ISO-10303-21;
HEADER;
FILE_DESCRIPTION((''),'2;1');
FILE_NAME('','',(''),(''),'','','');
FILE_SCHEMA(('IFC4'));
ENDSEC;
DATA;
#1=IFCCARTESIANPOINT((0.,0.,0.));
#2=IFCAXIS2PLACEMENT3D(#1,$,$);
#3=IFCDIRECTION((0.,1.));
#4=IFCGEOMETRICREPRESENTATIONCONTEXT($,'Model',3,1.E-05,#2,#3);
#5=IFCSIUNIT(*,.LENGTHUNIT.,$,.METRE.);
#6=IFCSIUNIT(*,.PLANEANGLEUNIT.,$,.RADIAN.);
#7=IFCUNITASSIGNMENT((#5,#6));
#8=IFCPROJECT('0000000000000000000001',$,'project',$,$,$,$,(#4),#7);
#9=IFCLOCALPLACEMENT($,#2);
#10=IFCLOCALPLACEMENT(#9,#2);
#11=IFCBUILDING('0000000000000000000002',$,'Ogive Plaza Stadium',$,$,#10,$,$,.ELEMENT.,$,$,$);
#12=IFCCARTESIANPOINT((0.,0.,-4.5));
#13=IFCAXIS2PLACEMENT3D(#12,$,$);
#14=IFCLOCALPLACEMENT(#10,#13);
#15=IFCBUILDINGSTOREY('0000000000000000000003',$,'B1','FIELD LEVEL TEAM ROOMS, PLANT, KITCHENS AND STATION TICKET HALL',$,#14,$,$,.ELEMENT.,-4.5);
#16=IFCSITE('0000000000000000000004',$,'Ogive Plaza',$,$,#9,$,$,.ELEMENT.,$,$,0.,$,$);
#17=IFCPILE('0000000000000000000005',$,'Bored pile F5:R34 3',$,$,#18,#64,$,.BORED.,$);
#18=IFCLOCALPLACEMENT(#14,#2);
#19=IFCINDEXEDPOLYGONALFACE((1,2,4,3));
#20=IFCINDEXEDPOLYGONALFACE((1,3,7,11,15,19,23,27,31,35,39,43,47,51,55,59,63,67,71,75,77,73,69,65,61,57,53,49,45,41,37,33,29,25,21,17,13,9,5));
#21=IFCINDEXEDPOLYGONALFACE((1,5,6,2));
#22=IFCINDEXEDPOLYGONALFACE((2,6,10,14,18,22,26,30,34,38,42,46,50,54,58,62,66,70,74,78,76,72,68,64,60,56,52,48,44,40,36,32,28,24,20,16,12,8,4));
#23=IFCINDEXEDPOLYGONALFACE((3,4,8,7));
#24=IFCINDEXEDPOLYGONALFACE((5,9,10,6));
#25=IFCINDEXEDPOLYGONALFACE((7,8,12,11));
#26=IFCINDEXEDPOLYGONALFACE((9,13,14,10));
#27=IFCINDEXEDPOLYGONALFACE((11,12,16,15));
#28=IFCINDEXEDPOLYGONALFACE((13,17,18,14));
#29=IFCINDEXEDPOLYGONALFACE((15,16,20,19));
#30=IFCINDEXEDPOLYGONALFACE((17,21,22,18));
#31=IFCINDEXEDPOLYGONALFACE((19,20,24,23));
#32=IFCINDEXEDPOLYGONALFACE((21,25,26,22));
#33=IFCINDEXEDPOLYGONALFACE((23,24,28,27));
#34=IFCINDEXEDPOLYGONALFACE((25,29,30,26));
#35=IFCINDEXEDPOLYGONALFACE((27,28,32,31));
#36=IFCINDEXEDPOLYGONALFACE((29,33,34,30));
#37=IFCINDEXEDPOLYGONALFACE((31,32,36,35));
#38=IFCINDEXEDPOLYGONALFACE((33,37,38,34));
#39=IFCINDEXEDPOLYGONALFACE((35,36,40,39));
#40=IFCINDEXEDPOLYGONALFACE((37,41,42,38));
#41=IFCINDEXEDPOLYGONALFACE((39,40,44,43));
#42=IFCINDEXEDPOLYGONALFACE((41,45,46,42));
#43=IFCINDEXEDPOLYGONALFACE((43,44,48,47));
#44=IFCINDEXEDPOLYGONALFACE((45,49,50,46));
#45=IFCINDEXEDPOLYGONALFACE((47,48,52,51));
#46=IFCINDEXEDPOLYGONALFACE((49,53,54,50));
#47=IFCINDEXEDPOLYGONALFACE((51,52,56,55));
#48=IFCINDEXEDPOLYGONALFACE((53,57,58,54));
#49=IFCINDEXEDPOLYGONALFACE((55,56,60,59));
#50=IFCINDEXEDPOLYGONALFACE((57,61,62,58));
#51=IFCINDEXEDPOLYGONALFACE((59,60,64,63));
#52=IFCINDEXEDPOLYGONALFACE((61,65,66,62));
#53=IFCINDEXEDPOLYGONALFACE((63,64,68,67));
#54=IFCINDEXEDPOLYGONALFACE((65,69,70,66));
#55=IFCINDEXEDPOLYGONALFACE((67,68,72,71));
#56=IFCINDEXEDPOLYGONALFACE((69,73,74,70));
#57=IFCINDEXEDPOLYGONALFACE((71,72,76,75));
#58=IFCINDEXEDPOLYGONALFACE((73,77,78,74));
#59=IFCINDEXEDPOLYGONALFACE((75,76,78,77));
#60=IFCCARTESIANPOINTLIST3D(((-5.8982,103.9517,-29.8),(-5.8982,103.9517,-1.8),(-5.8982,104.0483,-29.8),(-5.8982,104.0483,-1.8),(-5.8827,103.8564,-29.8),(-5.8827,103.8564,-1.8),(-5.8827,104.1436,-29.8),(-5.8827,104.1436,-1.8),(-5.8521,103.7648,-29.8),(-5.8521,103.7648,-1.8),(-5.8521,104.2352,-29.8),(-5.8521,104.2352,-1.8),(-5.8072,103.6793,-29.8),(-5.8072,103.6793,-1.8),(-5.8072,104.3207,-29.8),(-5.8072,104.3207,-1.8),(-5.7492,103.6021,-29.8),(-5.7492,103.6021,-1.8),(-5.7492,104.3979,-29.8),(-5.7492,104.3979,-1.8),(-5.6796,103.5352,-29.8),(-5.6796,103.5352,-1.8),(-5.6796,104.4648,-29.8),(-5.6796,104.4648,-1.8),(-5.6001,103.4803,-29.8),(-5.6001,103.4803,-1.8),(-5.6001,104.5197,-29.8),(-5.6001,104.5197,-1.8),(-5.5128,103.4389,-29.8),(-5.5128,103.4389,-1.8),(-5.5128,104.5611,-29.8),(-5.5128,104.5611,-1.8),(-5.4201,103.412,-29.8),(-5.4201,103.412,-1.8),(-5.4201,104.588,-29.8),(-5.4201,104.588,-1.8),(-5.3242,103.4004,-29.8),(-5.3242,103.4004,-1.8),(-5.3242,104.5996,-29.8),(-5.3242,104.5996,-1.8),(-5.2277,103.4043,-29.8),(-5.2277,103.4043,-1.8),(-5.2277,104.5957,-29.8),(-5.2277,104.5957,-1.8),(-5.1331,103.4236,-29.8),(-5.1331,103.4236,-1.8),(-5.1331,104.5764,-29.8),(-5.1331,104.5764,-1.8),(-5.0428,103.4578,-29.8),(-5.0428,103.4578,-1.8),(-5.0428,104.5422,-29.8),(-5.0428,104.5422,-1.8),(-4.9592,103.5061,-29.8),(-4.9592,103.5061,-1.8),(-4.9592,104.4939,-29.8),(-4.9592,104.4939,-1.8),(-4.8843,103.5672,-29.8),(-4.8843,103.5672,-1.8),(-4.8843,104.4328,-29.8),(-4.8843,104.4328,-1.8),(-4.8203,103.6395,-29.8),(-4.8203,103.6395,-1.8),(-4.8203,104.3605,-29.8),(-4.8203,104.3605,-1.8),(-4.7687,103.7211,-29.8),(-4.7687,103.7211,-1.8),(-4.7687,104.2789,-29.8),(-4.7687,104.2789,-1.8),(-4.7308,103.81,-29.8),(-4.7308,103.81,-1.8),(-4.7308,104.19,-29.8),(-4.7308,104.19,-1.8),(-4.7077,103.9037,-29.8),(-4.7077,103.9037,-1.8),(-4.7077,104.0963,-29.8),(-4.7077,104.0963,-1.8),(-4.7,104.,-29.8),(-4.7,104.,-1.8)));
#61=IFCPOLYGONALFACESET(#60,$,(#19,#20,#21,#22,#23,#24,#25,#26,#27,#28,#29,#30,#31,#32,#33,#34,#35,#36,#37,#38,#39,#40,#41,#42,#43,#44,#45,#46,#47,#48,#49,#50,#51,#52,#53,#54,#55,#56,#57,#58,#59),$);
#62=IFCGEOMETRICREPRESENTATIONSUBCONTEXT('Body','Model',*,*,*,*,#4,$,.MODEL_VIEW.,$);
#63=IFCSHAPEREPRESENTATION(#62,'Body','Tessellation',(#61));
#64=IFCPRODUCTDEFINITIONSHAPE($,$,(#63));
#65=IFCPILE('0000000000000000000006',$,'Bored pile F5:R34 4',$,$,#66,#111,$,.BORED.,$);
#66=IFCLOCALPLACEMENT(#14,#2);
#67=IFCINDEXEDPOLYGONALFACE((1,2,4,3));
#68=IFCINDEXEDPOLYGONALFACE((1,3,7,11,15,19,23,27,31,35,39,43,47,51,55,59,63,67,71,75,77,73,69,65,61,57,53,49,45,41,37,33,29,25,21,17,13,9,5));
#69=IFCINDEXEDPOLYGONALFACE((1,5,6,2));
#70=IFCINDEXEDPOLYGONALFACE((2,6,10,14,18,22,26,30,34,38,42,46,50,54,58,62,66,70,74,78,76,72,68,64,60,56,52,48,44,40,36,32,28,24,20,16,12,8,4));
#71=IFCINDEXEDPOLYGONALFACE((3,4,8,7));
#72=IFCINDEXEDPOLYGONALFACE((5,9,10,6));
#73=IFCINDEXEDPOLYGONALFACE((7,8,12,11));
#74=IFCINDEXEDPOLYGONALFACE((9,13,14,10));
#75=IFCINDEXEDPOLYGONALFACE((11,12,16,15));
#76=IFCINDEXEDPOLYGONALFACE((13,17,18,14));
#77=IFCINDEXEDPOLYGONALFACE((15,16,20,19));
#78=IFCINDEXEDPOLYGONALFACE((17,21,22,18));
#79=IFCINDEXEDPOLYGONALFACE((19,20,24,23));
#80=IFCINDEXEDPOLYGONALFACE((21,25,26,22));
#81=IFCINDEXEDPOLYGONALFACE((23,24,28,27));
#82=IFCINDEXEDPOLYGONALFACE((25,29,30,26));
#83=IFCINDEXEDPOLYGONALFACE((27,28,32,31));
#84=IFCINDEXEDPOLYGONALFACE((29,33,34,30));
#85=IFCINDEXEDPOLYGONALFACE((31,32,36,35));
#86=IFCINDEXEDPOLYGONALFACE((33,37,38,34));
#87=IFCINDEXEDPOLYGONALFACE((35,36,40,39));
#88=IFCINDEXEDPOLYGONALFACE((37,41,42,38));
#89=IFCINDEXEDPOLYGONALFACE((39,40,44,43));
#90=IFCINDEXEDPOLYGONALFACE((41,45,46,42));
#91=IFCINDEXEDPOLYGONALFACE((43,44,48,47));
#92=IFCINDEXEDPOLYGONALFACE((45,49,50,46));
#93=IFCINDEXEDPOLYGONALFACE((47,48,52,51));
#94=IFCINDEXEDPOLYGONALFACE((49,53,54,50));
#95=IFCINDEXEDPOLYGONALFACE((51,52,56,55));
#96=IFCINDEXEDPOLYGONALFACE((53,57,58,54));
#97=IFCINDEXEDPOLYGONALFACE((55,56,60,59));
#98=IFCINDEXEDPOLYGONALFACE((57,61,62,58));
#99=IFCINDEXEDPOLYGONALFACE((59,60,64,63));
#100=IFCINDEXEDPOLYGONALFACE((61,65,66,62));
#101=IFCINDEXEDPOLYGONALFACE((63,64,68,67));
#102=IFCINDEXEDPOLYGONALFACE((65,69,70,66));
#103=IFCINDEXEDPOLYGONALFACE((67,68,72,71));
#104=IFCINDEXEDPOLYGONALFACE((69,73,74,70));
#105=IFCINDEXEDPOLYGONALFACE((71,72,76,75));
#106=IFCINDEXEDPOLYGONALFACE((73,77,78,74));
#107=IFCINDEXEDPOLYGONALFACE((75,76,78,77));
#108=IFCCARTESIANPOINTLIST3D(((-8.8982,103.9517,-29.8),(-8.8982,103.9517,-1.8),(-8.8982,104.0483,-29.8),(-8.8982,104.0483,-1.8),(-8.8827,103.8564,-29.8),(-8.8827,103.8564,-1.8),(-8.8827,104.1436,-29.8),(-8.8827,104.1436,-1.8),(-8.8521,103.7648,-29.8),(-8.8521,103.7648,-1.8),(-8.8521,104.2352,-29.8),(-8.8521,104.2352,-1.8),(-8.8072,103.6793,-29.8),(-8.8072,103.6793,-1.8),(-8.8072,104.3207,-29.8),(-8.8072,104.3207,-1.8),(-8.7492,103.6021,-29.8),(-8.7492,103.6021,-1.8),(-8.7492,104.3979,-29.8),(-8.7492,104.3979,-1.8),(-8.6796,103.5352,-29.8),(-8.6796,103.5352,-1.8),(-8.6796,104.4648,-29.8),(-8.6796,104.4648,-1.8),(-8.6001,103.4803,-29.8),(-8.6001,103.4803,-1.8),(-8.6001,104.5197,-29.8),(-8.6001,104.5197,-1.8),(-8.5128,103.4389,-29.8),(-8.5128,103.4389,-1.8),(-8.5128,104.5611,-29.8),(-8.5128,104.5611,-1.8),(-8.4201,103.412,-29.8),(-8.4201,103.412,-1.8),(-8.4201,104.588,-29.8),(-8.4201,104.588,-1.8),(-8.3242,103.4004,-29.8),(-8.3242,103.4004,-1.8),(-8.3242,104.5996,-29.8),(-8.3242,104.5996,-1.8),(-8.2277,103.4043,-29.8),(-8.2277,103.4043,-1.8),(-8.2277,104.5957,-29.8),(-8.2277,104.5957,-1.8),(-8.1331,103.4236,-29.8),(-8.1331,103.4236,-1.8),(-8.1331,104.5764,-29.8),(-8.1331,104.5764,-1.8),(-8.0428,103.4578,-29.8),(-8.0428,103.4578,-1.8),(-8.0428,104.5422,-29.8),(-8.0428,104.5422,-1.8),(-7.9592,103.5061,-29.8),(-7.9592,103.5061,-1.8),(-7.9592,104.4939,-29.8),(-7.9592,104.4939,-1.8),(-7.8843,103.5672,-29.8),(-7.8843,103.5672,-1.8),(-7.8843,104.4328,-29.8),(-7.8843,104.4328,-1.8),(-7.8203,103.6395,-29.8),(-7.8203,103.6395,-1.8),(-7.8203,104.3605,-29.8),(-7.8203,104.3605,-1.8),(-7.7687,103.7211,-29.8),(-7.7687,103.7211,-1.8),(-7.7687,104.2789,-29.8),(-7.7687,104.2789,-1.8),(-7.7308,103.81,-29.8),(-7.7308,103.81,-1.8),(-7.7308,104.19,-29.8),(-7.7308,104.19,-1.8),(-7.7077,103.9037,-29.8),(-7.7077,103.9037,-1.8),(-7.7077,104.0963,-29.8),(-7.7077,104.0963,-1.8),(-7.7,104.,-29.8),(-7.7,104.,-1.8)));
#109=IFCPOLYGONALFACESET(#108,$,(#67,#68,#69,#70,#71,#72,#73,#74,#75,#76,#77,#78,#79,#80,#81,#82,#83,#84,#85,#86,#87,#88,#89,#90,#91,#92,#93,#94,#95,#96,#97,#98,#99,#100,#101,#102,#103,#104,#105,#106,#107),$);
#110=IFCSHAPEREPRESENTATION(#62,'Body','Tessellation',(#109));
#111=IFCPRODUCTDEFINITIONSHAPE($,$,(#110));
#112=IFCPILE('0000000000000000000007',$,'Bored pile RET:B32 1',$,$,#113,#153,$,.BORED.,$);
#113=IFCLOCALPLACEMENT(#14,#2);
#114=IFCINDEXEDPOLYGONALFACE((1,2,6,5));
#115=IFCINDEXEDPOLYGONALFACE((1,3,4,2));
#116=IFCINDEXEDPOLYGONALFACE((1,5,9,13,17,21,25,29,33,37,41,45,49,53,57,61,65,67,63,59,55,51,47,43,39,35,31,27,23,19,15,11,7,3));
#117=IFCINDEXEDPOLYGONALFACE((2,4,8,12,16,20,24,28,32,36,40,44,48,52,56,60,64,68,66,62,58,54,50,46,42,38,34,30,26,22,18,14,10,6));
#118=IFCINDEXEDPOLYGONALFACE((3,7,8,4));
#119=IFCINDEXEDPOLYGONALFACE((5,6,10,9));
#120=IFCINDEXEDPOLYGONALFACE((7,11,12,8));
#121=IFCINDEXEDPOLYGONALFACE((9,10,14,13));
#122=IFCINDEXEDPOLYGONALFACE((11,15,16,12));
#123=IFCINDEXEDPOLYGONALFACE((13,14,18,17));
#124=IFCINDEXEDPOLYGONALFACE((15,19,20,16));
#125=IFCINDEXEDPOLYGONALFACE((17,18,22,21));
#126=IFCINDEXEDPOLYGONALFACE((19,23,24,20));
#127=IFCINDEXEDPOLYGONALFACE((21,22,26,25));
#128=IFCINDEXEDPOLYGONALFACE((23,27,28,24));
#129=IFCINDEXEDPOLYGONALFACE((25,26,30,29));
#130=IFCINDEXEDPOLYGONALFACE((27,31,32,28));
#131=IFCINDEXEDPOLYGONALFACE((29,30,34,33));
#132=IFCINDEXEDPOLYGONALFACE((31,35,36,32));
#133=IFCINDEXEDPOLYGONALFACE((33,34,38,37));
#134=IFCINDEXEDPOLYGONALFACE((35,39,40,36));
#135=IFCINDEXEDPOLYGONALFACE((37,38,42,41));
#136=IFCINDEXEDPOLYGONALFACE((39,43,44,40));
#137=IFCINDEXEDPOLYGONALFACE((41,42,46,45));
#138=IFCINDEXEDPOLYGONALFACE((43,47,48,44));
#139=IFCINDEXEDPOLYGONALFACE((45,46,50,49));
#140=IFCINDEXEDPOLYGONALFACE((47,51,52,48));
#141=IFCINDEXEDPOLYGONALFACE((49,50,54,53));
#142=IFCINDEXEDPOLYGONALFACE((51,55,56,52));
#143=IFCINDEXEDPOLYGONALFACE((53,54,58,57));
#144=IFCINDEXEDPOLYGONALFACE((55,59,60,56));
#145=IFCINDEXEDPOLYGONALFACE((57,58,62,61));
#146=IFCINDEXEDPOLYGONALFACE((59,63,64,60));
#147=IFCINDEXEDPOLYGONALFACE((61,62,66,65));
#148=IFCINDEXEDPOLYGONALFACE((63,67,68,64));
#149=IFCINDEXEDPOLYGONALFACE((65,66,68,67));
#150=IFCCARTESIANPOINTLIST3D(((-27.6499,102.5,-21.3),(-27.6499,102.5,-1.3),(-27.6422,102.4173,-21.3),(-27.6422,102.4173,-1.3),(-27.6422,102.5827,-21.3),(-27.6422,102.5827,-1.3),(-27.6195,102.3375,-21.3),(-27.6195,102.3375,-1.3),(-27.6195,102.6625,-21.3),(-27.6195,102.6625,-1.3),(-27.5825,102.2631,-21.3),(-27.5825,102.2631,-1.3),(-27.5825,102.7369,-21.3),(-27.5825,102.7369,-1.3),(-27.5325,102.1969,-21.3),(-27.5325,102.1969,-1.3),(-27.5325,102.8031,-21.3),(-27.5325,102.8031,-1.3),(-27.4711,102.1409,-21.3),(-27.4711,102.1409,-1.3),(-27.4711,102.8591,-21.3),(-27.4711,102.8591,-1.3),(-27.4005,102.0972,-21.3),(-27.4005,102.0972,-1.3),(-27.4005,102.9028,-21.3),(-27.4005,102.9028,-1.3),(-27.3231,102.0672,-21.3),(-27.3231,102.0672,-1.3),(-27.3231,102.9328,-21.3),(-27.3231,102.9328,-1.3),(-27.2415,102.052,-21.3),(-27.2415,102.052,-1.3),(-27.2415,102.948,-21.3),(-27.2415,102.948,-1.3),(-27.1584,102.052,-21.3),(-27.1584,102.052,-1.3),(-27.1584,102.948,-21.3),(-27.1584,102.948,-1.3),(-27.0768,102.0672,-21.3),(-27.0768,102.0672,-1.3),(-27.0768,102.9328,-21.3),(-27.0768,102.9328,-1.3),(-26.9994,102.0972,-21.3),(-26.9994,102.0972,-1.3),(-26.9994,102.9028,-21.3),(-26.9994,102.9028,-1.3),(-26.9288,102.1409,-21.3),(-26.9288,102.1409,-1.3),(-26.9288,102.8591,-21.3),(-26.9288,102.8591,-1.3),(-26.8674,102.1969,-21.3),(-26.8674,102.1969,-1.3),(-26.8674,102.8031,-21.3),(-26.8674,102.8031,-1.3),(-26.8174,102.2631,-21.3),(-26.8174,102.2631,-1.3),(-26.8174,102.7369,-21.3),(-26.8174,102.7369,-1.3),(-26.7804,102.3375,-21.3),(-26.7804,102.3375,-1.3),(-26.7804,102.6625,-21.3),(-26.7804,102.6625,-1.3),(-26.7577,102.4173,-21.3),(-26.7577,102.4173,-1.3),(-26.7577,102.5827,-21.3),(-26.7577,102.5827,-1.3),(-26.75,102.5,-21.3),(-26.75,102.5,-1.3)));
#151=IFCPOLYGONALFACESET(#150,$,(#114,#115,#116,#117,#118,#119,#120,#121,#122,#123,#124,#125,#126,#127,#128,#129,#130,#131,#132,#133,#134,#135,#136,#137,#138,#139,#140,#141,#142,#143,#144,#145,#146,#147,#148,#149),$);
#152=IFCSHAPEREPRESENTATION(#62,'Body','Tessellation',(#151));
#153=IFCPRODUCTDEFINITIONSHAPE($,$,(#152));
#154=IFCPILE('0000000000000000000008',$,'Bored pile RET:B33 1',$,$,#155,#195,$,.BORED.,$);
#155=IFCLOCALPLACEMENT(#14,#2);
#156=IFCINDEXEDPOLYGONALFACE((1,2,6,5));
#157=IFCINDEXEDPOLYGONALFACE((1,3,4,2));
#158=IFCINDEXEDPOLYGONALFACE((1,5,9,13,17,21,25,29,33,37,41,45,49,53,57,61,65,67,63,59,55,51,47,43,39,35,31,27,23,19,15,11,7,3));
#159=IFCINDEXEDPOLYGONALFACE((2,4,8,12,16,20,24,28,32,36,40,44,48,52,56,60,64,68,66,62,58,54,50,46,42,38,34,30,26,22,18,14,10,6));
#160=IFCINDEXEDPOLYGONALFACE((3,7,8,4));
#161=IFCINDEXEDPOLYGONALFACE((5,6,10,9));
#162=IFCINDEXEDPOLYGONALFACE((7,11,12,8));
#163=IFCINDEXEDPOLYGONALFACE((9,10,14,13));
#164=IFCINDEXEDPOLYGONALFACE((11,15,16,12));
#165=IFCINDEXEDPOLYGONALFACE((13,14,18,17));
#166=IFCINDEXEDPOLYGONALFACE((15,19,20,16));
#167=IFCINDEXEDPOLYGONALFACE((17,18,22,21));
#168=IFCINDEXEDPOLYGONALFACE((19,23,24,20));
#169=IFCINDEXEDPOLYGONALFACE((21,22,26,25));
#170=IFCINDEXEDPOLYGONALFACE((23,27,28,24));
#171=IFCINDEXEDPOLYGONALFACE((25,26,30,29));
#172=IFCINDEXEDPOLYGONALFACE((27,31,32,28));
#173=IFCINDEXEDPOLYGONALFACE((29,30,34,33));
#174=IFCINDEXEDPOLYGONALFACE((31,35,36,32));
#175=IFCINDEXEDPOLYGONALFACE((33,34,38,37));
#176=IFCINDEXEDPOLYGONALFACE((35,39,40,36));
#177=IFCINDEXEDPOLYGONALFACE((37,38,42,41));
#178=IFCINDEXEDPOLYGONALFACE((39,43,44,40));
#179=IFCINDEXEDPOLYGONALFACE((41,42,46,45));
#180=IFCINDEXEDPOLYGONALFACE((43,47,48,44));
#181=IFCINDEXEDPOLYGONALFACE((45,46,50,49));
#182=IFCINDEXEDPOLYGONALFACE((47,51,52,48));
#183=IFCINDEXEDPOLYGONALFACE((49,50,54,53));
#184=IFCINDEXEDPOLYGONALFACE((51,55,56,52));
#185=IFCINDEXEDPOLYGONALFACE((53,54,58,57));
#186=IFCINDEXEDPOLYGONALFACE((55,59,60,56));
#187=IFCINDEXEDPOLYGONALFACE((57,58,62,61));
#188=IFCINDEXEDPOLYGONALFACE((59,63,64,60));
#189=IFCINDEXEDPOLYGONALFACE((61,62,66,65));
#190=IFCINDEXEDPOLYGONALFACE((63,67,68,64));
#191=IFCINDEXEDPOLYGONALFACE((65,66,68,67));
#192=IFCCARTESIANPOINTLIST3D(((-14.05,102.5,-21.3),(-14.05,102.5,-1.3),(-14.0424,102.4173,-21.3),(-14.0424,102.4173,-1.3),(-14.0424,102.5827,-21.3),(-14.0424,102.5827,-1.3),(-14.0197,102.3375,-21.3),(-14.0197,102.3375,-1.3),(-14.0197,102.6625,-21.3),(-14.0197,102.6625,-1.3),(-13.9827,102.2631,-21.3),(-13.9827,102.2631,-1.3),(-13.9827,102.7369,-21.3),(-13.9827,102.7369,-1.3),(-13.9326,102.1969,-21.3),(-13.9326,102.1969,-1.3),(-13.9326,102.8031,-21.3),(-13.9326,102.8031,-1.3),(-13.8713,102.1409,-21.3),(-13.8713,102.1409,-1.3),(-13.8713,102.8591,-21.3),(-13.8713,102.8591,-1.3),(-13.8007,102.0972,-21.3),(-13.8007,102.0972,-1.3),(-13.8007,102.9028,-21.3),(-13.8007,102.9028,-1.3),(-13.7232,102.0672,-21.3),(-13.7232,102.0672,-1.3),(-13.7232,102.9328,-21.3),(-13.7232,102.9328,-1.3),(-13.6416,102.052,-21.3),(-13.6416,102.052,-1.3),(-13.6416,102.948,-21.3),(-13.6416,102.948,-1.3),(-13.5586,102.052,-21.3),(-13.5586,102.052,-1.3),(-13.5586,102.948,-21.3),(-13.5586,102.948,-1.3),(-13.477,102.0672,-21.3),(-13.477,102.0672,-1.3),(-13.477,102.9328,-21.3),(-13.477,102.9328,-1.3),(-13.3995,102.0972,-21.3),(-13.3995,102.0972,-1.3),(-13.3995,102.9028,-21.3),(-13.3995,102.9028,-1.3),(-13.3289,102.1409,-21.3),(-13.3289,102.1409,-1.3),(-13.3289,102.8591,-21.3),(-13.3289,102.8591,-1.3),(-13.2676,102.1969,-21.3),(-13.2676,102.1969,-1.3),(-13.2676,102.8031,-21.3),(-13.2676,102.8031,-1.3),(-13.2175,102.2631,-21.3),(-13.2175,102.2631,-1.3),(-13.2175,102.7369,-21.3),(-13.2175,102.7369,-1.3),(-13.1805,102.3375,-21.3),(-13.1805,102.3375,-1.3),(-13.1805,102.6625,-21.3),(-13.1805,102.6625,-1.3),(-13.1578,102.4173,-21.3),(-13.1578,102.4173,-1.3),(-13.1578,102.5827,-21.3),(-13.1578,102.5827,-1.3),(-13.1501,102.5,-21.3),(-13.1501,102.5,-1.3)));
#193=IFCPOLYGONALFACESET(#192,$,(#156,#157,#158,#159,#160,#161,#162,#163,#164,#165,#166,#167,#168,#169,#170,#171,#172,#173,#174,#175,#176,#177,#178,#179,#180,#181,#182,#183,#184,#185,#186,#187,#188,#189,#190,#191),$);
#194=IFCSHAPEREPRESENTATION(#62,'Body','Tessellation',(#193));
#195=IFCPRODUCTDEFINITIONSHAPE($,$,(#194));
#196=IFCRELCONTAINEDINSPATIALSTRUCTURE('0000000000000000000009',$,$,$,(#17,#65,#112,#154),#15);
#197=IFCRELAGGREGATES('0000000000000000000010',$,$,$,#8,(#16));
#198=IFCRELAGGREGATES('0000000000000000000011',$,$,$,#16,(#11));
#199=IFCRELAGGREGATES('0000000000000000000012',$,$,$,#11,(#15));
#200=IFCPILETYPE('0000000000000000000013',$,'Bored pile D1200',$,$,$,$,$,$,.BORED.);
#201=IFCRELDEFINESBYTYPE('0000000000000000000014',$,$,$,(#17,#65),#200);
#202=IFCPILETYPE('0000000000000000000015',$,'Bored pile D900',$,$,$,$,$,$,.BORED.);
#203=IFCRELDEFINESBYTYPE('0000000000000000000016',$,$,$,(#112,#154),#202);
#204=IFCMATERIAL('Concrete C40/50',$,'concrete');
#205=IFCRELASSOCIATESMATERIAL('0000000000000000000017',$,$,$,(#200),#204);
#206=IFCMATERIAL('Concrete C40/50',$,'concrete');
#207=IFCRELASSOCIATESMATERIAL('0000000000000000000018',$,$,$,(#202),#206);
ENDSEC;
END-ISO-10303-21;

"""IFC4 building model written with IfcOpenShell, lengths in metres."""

from ifc_helpers import new_model, si_unit, direction, frame, origin, origin_2d, place, context, subcontext, project, spatial, circle, extrude, material, material_profile, profile_set, type_object, element, save


model = new_model("IFC4")

# Units and contexts
model_context = context("Model", 3, precision=1e-05, world=origin(), true_north=direction((0.0, 1.0)))
body_context = subcontext(model_context, "Body", "Model", "MODEL_VIEW")
ifc_project = project(units=[si_unit("LENGTHUNIT", "METRE"), si_unit("PLANEANGLEUNIT", "RADIAN")], contexts=[model_context])

# Site, building, storey
site_placement = place(None, origin())
site = spatial("IfcSite", under=ifc_project, at=site_placement, Name="Ogive Plaza", CompositionType="ELEMENT", RefElevation=0.0)
building_placement = place(site_placement, origin())
building = spatial("IfcBuilding", under=site, at=building_placement, Name="Ogive Plaza Stadium", CompositionType="ELEMENT")
storey_placement = place(building_placement, frame((0.0, 0.0, -4.5)))
storey = spatial("IfcBuildingStorey", under=building, at=storey_placement, Name="B1", Description="FIELD LEVEL TEAM ROOMS, PLANT, KITCHENS AND STATION TICKET HALL", CompositionType="ELEMENT", Elevation=-4.5)

# Piles
ifc_material_1 = material(Name="Concrete C40/50", Category="concrete")
ifc_material_profile_1 = material_profile(ifc_material_1, circle(Radius=0.6001, at=origin_2d()), Name="RC D1200")
ifc_profile_set_1 = profile_set([ifc_material_profile_1], Name="Concrete C40/50")
pile_type_1 = type_object("IfcPileType", Name="Bored pile D1200", PredefinedType="BORED", material=ifc_profile_set_1)
for number, where, z_axis, x_axis, name in (
    (1, (-5.3, 104.0, -1.8), (0.0, 0.0, -1.0), (1.0, 0.0, 0.0), "Bored pile F5:R34 3"),
    (2, (-8.3, 104.0, -1.8), (0.0, 0.0, -1.0), (1.0, 0.0, 0.0), "Bored pile F5:R34 4"),
):
    element("IfcPile", number, at=place(storey_placement, frame(where, z_axis=z_axis, x_axis=x_axis)), inside=storey, type_object=pile_type_1, Name=name, PredefinedType="BORED", context=body_context, shape_type="SweptSolid", body=[
        extrude(circle(Radius=0.6001, at=origin_2d()), origin(), (0.0, 0.0, 1.0), 28.0),
    ])
ifc_material_2 = material(Name="Concrete C40/50", Category="concrete")
ifc_material_profile_2 = material_profile(ifc_material_2, circle(Radius=0.45, at=origin_2d()), Name="RC D900")
ifc_profile_set_2 = profile_set([ifc_material_profile_2], Name="Concrete C40/50")
pile_type_2 = type_object("IfcPileType", Name="Bored pile D900", PredefinedType="BORED", material=ifc_profile_set_2)
for number, where, z_axis, x_axis, name in (
    (3, (-27.2, 102.5, -1.3), (0.0, 0.0, -1.0), (1.0, 0.0, 0.0), "Bored pile RET:B32 1"),
    (4, (-13.6001, 102.5, -1.3), (0.0, 0.0, -1.0), (1.0, 0.0, 0.0), "Bored pile RET:B33 1"),
):
    element("IfcPile", number, at=place(storey_placement, frame(where, z_axis=z_axis, x_axis=x_axis)), inside=storey, type_object=pile_type_2, Name=name, PredefinedType="BORED", context=body_context, shape_type="SweptSolid", body=[
        extrude(circle(Radius=0.45, at=origin_2d()), origin(), (0.0, 0.0, 1.0), 20.0),
    ])

save(model, "model.ifc")
